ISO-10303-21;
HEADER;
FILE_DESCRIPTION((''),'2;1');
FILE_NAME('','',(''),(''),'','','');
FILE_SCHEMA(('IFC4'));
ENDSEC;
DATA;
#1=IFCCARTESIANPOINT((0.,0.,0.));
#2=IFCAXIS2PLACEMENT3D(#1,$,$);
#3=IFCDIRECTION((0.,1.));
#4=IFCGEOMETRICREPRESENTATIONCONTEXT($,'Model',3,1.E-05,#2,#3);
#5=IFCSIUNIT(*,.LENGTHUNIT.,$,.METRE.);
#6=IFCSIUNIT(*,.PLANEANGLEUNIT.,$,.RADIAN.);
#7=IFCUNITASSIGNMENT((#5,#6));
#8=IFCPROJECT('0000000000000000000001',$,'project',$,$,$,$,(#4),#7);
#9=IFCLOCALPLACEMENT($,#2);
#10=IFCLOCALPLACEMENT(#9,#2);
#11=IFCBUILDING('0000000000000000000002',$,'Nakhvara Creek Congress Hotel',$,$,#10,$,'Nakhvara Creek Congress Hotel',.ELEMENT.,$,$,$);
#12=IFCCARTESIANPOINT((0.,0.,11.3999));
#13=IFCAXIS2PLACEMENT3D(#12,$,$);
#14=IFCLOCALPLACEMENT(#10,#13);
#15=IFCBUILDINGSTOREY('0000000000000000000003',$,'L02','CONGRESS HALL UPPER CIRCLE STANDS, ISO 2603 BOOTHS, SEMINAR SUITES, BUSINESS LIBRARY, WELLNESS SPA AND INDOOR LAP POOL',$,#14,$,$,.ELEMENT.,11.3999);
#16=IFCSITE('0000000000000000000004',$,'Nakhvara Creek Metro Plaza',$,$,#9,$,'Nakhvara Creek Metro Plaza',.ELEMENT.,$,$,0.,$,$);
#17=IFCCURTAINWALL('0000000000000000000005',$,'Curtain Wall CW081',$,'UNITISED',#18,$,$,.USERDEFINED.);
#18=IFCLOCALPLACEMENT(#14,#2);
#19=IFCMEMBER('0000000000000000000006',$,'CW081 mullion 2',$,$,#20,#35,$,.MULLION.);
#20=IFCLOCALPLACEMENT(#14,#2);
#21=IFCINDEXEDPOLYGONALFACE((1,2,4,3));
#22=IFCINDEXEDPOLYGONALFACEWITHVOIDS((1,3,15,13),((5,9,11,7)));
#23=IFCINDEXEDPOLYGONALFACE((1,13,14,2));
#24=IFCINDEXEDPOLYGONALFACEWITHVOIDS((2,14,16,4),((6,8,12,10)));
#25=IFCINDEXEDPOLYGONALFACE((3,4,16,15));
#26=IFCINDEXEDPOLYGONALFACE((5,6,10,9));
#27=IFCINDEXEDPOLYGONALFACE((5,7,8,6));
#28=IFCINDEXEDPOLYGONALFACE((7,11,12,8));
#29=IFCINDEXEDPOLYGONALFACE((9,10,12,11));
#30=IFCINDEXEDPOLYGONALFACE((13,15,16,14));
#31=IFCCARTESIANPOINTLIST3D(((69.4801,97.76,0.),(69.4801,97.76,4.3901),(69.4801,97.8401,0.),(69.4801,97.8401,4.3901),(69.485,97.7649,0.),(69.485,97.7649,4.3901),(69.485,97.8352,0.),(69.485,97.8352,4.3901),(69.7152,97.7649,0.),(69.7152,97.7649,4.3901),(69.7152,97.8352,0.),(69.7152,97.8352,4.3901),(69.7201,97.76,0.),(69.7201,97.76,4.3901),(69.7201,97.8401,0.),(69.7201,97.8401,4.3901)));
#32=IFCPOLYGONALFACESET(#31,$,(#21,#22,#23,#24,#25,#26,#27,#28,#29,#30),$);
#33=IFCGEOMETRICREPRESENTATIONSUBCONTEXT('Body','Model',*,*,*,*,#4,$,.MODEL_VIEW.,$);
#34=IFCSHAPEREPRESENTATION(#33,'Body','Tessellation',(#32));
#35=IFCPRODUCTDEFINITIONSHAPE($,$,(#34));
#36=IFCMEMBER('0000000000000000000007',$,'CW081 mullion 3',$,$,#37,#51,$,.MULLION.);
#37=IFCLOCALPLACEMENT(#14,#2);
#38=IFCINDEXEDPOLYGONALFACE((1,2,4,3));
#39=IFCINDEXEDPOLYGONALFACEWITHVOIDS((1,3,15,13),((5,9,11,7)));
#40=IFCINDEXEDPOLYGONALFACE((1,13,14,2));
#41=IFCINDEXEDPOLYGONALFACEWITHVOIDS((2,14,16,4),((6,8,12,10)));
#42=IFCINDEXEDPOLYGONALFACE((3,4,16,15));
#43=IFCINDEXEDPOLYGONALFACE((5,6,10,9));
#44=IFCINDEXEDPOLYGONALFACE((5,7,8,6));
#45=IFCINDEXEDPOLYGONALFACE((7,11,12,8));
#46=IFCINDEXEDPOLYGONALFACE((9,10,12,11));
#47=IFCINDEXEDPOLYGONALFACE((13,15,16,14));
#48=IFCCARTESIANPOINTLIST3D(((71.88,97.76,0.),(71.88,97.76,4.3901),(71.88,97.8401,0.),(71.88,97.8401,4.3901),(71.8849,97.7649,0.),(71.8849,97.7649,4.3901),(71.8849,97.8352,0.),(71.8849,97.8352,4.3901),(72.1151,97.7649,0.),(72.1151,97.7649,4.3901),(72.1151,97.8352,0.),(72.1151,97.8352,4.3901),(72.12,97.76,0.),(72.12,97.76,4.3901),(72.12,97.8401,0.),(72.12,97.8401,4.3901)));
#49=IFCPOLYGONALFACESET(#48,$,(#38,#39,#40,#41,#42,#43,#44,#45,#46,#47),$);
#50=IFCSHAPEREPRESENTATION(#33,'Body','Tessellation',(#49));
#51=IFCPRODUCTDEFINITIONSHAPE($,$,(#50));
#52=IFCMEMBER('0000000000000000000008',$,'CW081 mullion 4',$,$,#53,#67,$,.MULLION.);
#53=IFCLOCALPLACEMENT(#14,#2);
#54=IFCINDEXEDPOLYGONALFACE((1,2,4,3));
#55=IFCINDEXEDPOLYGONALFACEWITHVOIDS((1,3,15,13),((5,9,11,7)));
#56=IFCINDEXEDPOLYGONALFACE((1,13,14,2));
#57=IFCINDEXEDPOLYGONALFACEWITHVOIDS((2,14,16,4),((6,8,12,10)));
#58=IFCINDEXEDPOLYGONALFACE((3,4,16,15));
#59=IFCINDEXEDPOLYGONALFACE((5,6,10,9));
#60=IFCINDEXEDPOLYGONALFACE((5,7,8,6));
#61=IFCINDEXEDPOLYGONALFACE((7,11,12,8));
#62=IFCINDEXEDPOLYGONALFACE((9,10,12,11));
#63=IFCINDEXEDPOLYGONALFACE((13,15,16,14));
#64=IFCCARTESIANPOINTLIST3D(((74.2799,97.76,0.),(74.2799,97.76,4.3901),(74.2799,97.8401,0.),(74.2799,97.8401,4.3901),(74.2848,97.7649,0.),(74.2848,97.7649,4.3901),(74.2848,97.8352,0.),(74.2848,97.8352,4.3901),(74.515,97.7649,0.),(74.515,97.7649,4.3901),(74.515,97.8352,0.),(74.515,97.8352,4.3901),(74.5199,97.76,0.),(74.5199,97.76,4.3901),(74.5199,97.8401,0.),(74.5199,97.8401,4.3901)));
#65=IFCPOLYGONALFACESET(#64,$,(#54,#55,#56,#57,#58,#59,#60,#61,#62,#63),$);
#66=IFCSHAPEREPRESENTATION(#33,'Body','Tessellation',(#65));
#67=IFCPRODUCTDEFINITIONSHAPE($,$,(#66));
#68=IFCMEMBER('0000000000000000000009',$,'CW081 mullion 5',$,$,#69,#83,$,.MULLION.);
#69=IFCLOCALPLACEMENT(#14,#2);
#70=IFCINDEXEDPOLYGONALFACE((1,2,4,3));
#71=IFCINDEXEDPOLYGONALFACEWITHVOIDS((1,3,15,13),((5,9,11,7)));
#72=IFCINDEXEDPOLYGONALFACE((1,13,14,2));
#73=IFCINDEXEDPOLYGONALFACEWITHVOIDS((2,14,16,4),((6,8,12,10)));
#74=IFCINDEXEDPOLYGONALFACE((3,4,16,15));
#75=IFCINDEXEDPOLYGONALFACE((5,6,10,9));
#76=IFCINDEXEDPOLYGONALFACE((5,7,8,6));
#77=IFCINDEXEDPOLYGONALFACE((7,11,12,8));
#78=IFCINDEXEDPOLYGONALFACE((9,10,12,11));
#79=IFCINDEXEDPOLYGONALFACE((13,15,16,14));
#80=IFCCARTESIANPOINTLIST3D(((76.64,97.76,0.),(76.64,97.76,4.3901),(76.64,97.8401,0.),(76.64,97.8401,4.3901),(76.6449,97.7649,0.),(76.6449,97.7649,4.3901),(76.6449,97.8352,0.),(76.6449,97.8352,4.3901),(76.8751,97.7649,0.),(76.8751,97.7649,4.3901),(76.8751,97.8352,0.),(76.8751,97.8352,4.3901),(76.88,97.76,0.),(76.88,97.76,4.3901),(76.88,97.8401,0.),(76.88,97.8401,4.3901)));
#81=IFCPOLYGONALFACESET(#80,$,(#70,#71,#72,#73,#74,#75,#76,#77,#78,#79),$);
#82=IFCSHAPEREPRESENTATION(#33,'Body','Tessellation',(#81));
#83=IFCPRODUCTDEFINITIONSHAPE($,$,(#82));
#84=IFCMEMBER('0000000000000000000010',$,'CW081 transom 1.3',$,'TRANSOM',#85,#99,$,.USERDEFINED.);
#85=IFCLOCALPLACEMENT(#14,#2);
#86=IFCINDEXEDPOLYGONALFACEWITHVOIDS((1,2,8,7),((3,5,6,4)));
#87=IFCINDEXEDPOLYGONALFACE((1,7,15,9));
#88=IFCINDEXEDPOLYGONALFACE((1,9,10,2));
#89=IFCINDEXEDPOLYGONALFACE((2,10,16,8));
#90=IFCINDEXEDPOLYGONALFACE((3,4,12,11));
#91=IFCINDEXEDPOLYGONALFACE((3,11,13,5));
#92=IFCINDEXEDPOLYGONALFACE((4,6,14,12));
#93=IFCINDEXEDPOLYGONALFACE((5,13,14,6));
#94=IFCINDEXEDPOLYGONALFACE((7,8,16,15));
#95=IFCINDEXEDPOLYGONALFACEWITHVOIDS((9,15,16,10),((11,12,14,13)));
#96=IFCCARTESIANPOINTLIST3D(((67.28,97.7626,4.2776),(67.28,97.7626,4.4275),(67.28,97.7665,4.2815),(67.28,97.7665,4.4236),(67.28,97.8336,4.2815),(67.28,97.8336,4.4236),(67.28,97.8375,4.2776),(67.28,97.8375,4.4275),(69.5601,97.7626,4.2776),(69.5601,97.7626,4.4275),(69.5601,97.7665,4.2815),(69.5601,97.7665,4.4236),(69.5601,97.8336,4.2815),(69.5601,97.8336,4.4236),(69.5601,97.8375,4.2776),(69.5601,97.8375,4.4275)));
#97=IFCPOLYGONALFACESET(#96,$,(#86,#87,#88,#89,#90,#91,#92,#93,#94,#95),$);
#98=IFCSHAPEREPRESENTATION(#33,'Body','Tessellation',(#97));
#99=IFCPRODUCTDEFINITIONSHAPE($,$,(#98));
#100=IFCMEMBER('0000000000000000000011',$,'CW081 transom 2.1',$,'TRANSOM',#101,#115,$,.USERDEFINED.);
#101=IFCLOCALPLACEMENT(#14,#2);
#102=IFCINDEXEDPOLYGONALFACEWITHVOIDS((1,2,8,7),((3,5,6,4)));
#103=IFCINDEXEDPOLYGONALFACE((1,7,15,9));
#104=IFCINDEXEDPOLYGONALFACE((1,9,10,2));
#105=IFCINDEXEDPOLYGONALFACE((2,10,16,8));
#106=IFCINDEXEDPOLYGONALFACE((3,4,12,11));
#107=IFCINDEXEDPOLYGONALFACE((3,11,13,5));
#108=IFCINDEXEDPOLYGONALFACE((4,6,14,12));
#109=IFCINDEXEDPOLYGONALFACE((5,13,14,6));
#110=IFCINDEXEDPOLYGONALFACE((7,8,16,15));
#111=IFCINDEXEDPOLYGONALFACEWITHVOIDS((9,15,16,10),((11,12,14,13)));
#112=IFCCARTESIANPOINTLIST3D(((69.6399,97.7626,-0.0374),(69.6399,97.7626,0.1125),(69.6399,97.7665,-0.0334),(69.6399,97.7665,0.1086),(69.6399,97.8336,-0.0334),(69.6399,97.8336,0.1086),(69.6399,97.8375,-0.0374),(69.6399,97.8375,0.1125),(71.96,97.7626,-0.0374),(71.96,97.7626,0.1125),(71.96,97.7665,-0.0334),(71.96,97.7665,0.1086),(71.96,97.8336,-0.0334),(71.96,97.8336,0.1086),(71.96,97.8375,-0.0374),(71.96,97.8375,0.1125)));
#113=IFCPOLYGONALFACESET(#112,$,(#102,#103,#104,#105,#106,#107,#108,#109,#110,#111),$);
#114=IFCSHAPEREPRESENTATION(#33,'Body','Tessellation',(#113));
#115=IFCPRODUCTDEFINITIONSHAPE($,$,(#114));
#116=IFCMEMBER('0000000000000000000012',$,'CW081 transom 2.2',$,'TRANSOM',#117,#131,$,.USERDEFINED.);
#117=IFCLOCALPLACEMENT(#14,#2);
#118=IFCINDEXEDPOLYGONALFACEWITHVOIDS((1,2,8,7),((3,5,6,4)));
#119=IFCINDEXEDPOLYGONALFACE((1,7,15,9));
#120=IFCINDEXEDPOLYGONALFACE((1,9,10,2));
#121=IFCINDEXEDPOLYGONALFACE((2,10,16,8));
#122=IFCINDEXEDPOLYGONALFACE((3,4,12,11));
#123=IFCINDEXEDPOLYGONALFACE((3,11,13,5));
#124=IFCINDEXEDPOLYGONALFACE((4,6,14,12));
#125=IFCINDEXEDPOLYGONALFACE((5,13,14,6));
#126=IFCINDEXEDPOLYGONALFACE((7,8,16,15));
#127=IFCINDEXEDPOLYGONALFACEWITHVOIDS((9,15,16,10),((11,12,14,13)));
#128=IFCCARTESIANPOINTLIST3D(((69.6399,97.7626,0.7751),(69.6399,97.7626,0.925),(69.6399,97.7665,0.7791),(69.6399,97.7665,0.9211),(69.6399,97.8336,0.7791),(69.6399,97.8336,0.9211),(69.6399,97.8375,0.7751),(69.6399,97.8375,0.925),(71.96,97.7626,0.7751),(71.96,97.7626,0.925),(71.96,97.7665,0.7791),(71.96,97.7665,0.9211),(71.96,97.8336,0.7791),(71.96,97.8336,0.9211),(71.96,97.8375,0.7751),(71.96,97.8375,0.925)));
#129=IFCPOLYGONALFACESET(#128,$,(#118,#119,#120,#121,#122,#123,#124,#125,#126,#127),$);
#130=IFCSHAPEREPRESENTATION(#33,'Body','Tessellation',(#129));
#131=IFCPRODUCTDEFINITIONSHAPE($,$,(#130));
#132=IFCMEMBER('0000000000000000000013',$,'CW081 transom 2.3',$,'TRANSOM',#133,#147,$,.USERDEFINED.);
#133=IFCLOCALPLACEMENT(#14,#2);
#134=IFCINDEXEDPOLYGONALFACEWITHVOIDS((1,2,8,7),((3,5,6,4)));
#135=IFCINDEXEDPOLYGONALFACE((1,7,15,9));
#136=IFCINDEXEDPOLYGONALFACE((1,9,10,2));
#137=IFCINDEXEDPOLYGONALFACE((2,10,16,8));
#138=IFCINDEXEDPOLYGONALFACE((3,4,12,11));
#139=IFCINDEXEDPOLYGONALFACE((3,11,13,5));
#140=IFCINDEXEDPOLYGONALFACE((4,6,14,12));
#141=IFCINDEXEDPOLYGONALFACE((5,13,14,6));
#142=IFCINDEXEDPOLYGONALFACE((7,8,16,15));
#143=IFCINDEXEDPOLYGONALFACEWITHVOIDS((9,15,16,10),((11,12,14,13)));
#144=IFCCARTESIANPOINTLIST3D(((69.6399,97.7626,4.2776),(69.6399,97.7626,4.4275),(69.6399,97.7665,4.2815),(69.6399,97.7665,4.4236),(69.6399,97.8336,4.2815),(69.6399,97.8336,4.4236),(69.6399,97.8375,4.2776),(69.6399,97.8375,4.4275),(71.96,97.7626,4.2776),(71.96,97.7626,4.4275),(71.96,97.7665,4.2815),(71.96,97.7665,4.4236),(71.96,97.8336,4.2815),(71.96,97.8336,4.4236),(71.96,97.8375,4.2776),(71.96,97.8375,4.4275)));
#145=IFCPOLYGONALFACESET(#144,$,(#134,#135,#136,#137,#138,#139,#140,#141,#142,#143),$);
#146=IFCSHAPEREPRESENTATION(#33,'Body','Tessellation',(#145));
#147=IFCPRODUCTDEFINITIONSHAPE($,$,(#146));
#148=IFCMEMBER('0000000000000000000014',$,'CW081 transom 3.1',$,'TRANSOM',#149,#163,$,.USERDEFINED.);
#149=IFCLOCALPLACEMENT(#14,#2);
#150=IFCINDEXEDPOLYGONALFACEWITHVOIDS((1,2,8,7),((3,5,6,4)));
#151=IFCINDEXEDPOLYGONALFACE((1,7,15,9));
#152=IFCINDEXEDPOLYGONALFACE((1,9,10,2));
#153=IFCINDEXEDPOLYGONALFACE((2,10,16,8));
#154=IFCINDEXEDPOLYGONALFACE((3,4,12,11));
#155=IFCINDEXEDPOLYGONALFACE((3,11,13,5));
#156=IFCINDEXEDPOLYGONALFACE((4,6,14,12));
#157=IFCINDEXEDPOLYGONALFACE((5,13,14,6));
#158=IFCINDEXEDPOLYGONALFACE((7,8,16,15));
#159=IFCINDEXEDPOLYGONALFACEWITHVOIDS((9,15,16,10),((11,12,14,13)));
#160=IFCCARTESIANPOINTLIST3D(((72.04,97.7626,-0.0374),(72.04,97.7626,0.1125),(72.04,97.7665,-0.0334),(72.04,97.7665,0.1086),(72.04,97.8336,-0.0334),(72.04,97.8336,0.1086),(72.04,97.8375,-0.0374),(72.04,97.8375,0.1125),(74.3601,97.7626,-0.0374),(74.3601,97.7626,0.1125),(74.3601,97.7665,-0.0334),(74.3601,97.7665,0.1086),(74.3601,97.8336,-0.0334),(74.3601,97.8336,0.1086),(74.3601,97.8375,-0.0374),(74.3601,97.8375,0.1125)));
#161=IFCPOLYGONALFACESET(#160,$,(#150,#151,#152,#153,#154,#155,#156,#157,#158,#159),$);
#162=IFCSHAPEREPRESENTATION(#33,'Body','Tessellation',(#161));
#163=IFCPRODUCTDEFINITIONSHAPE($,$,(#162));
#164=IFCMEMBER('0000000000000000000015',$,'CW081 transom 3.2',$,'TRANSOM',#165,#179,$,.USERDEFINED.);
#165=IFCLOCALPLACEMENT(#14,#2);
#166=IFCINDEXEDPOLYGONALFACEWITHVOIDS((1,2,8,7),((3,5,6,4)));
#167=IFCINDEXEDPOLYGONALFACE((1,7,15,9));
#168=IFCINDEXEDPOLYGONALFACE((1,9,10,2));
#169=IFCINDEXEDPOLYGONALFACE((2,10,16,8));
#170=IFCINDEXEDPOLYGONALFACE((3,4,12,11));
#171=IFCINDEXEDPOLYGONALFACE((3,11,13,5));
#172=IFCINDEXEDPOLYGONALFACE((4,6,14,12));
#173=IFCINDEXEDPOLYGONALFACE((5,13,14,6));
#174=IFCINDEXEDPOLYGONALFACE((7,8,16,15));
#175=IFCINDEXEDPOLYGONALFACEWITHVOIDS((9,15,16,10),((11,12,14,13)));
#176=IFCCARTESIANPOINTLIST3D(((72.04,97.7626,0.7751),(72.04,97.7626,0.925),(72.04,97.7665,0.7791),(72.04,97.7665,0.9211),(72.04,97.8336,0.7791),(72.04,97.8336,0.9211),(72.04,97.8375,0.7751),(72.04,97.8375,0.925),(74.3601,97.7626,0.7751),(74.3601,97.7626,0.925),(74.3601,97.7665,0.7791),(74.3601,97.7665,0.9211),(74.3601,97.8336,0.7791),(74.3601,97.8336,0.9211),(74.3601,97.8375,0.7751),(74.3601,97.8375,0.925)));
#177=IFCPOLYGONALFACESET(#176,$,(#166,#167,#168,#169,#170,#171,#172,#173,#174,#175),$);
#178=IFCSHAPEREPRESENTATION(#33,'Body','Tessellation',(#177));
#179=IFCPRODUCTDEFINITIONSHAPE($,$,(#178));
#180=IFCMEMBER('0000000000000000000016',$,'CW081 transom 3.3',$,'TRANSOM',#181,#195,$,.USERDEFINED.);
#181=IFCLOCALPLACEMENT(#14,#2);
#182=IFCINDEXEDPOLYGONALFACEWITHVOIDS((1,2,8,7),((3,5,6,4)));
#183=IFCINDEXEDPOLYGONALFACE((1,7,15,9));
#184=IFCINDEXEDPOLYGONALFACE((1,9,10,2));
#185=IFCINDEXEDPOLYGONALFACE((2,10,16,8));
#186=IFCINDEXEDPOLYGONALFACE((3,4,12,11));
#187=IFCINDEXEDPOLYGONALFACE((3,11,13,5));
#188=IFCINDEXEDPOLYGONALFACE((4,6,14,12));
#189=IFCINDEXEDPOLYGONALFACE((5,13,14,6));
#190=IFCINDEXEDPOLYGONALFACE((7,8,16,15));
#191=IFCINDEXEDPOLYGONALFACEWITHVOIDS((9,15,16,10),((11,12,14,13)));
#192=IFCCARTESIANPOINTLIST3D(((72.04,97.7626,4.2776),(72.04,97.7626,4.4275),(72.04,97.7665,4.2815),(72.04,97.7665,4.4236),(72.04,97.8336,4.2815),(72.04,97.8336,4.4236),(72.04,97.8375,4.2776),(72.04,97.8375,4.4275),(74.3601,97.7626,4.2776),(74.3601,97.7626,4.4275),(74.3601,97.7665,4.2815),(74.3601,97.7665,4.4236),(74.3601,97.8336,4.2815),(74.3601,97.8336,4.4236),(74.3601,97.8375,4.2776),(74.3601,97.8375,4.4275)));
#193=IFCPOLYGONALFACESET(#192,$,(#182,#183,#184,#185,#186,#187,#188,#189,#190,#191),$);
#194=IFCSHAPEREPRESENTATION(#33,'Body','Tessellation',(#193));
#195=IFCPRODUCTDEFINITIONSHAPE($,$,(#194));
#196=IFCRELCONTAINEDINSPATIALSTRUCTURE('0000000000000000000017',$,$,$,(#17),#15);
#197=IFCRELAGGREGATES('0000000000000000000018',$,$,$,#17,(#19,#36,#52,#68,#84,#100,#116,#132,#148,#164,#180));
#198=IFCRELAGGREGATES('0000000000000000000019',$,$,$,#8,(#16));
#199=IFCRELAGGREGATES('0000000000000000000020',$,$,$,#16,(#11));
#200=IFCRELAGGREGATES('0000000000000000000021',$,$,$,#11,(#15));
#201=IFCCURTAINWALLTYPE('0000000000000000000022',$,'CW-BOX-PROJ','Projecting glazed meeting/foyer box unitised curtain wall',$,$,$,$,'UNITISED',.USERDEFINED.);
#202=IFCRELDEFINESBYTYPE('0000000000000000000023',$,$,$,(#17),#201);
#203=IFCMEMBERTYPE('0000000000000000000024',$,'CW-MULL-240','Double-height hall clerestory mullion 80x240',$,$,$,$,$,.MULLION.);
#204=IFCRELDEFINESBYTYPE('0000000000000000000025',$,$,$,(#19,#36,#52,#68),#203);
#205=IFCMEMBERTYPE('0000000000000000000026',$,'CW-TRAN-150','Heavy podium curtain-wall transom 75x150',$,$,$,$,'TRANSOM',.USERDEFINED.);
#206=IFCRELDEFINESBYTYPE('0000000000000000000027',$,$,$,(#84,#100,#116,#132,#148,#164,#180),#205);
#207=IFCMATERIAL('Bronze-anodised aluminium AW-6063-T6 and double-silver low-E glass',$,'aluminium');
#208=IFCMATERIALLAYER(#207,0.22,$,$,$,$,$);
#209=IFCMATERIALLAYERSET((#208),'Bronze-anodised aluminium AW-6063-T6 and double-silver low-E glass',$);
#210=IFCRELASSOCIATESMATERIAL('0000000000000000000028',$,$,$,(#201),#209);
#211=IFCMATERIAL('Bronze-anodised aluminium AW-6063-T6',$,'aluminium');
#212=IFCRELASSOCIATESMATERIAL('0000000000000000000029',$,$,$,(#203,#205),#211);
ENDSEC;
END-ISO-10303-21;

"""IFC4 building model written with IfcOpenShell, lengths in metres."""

from ifc_helpers import new_model, si_unit, direction, frame, origin, origin_2d, place, context, subcontext, project, spatial, hollow_rectangle, extrude, material, layer, layer_set, material_profile, profile_set, type_object, element, aggregate, save


model = new_model("IFC4")

# Units and contexts
model_context = context("Model", 3, precision=1e-05, world=origin(), true_north=direction((0.0, 1.0)))
body_context = subcontext(model_context, "Body", "Model", "MODEL_VIEW")
ifc_project = project(units=[si_unit("LENGTHUNIT", "METRE"), si_unit("PLANEANGLEUNIT", "RADIAN")], contexts=[model_context])

# Site, building, storey
site_placement = place(None, origin())
site = spatial("IfcSite", under=ifc_project, at=site_placement, Name="Nakhvara Creek Metro Plaza", LongName="Nakhvara Creek Metro Plaza", CompositionType="ELEMENT", RefElevation=0.0)
building_placement = place(site_placement, origin())
building = spatial("IfcBuilding", under=site, at=building_placement, Name="Nakhvara Creek Congress Hotel", LongName="Nakhvara Creek Congress Hotel", CompositionType="ELEMENT")
storey_placement = place(building_placement, frame((0.0, 0.0, 11.3999)))
storey = spatial("IfcBuildingStorey", under=building, at=storey_placement, Name="L02", Description="CONGRESS HALL UPPER CIRCLE STANDS, ISO 2603 BOOTHS, SEMINAR SUITES, BUSINESS LIBRARY, WELLNESS SPA AND INDOOR LAP POOL", CompositionType="ELEMENT", Elevation=11.3999)

# Curtain wall, members
ifc_material_1 = material(Name="Bronze-anodised aluminium AW-6063-T6 and double-silver low-E glass", Category="aluminium")
ifc_layer_1 = layer(ifc_material_1, 0.22)
ifc_layer_set_1 = layer_set([ifc_layer_1], Name="Bronze-anodised aluminium AW-6063-T6 and double-silver low-E glass")
curtain_wall_type = type_object("IfcCurtainWallType", Name="CW-BOX-PROJ", Description="Projecting glazed meeting/foyer box unitised curtain wall", ElementType="UNITISED", PredefinedType="USERDEFINED", material=ifc_layer_set_1)
curtain_wall_placement = place(storey_placement, origin())
curtain_wall = element("IfcCurtainWall", 1, at=curtain_wall_placement, inside=storey, type_object=curtain_wall_type, Name="Curtain Wall CW081", ObjectType="UNITISED", PredefinedType="USERDEFINED")
ifc_material_2 = material(Name="Bronze-anodised aluminium AW-6063-T6", Category="aluminium")
ifc_material_profile_1 = material_profile(ifc_material_2, hollow_rectangle(XDim=0.0801, YDim=0.24, WallThickness=0.0049, at=origin_2d()), Name="ALU-MULL 80x240x5", Category="LoadBearing")
ifc_profile_set_1 = profile_set([ifc_material_profile_1], Name="Bronze-anodised aluminium AW-6063-T6")
member_type_1 = type_object("IfcMemberType", Name="CW-MULL-240", Description="Double-height hall clerestory mullion 80x240", PredefinedType="MULLION", material=ifc_profile_set_1)
member_1_placement = place(storey_placement, frame((69.6001, 97.8, 0.0), z_axis=(0.0, 0.0, 1.0), x_axis=(0.0, 1.0, 0.0)))
member_1 = element("IfcMember", 2, at=member_1_placement, type_object=member_type_1, Name="CW081 mullion 2", PredefinedType="MULLION", context=body_context, shape_type="SweptSolid", body=[
    extrude(hollow_rectangle(XDim=0.0801, YDim=0.24, WallThickness=0.0049, at=origin_2d()), origin(), (0.0, 0.0, 1.0), 4.3901),
])
member_2_placement = place(storey_placement, frame((72.0, 97.8, 0.0), z_axis=(0.0, 0.0, 1.0), x_axis=(0.0, 1.0, 0.0)))
member_2 = element("IfcMember", 3, at=member_2_placement, type_object=member_type_1, Name="CW081 mullion 3", PredefinedType="MULLION", context=body_context, shape_type="SweptSolid", body=[
    extrude(hollow_rectangle(XDim=0.0801, YDim=0.24, WallThickness=0.0049, at=origin_2d()), origin(), (0.0, 0.0, 1.0), 4.3901),
])
member_3_placement = place(storey_placement, frame((74.3999, 97.8, 0.0), z_axis=(0.0, 0.0, 1.0), x_axis=(0.0, 1.0, 0.0)))
member_3 = element("IfcMember", 4, at=member_3_placement, type_object=member_type_1, Name="CW081 mullion 4", PredefinedType="MULLION", context=body_context, shape_type="SweptSolid", body=[
    extrude(hollow_rectangle(XDim=0.0801, YDim=0.24, WallThickness=0.0049, at=origin_2d()), origin(), (0.0, 0.0, 1.0), 4.3901),
])
member_4_placement = place(storey_placement, frame((76.76, 97.8, 0.0), z_axis=(0.0, 0.0, 1.0), x_axis=(0.0, 1.0, 0.0)))
member_4 = element("IfcMember", 5, at=member_4_placement, type_object=member_type_1, Name="CW081 mullion 5", PredefinedType="MULLION", context=body_context, shape_type="SweptSolid", body=[
    extrude(hollow_rectangle(XDim=0.0801, YDim=0.24, WallThickness=0.0049, at=origin_2d()), origin(), (0.0, 0.0, 1.0), 4.3901),
])
ifc_material_profile_2 = material_profile(ifc_material_2, hollow_rectangle(XDim=0.075, YDim=0.1499, WallThickness=0.0039, at=origin_2d()), Name="ALU-TRAN 75x150x4", Category="LoadBearing")
ifc_profile_set_2 = profile_set([ifc_material_profile_2], Name="Bronze-anodised aluminium AW-6063-T6")
member_type_2 = type_object("IfcMemberType", Name="CW-TRAN-150", Description="Heavy podium curtain-wall transom 75x150", ElementType="TRANSOM", PredefinedType="USERDEFINED", material=ifc_profile_set_2)
member_5_placement = place(storey_placement, frame((67.28, 97.8, 4.3525), z_axis=(1.0, 0.0, 0.0), x_axis=(0.0, 1.0, 0.0)))
member_5 = element("IfcMember", 6, at=member_5_placement, type_object=member_type_2, Name="CW081 transom 1.3", ObjectType="TRANSOM", PredefinedType="USERDEFINED", context=body_context, shape_type="SweptSolid", body=[
    extrude(hollow_rectangle(XDim=0.075, YDim=0.1499, WallThickness=0.0039, at=origin_2d()), origin(), (0.0, 0.0, 1.0), 2.28),
])
member_6_placement = place(storey_placement, frame((69.6399, 97.8, 0.0376), z_axis=(1.0, 0.0, 0.0), x_axis=(0.0, 1.0, 0.0)))
member_6 = element("IfcMember", 7, at=member_6_placement, type_object=member_type_2, Name="CW081 transom 2.1", ObjectType="TRANSOM", PredefinedType="USERDEFINED", context=body_context, shape_type="SweptSolid", body=[
    extrude(hollow_rectangle(XDim=0.075, YDim=0.1499, WallThickness=0.0039, at=origin_2d()), origin(), (0.0, 0.0, 1.0), 2.3201),
])
member_7_placement = place(storey_placement, frame((69.6399, 97.8, 0.8501), z_axis=(1.0, 0.0, 0.0), x_axis=(0.0, 1.0, 0.0)))
member_7 = element("IfcMember", 8, at=member_7_placement, type_object=member_type_2, Name="CW081 transom 2.2", ObjectType="TRANSOM", PredefinedType="USERDEFINED", context=body_context, shape_type="SweptSolid", body=[
    extrude(hollow_rectangle(XDim=0.075, YDim=0.1499, WallThickness=0.0039, at=origin_2d()), origin(), (0.0, 0.0, 1.0), 2.3201),
])
member_8_placement = place(storey_placement, frame((69.6399, 97.8, 4.3525), z_axis=(1.0, 0.0, 0.0), x_axis=(0.0, 1.0, 0.0)))
member_8 = element("IfcMember", 9, at=member_8_placement, type_object=member_type_2, Name="CW081 transom 2.3", ObjectType="TRANSOM", PredefinedType="USERDEFINED", context=body_context, shape_type="SweptSolid", body=[
    extrude(hollow_rectangle(XDim=0.075, YDim=0.1499, WallThickness=0.0039, at=origin_2d()), origin(), (0.0, 0.0, 1.0), 2.3201),
])
member_9_placement = place(storey_placement, frame((72.04, 97.8, 0.0376), z_axis=(1.0, 0.0, 0.0), x_axis=(0.0, 1.0, 0.0)))
member_9 = element("IfcMember", 10, at=member_9_placement, type_object=member_type_2, Name="CW081 transom 3.1", ObjectType="TRANSOM", PredefinedType="USERDEFINED", context=body_context, shape_type="SweptSolid", body=[
    extrude(hollow_rectangle(XDim=0.075, YDim=0.1499, WallThickness=0.0039, at=origin_2d()), origin(), (0.0, 0.0, 1.0), 2.3201),
])
member_10_placement = place(storey_placement, frame((72.04, 97.8, 0.8501), z_axis=(1.0, 0.0, 0.0), x_axis=(0.0, 1.0, 0.0)))
member_10 = element("IfcMember", 11, at=member_10_placement, type_object=member_type_2, Name="CW081 transom 3.2", ObjectType="TRANSOM", PredefinedType="USERDEFINED", context=body_context, shape_type="SweptSolid", body=[
    extrude(hollow_rectangle(XDim=0.075, YDim=0.1499, WallThickness=0.0039, at=origin_2d()), origin(), (0.0, 0.0, 1.0), 2.3201),
])
member_11_placement = place(storey_placement, frame((72.04, 97.8, 4.3525), z_axis=(1.0, 0.0, 0.0), x_axis=(0.0, 1.0, 0.0)))
member_11 = element("IfcMember", 12, at=member_11_placement, type_object=member_type_2, Name="CW081 transom 3.3", ObjectType="TRANSOM", PredefinedType="USERDEFINED", context=body_context, shape_type="SweptSolid", body=[
    extrude(hollow_rectangle(XDim=0.075, YDim=0.1499, WallThickness=0.0039, at=origin_2d()), origin(), (0.0, 0.0, 1.0), 2.3201),
])
aggregate(curtain_wall, [member_1, member_2, member_3, member_4, member_5, member_6, member_7, member_8, member_9, member_10, member_11])

save(model, "model.ifc")
